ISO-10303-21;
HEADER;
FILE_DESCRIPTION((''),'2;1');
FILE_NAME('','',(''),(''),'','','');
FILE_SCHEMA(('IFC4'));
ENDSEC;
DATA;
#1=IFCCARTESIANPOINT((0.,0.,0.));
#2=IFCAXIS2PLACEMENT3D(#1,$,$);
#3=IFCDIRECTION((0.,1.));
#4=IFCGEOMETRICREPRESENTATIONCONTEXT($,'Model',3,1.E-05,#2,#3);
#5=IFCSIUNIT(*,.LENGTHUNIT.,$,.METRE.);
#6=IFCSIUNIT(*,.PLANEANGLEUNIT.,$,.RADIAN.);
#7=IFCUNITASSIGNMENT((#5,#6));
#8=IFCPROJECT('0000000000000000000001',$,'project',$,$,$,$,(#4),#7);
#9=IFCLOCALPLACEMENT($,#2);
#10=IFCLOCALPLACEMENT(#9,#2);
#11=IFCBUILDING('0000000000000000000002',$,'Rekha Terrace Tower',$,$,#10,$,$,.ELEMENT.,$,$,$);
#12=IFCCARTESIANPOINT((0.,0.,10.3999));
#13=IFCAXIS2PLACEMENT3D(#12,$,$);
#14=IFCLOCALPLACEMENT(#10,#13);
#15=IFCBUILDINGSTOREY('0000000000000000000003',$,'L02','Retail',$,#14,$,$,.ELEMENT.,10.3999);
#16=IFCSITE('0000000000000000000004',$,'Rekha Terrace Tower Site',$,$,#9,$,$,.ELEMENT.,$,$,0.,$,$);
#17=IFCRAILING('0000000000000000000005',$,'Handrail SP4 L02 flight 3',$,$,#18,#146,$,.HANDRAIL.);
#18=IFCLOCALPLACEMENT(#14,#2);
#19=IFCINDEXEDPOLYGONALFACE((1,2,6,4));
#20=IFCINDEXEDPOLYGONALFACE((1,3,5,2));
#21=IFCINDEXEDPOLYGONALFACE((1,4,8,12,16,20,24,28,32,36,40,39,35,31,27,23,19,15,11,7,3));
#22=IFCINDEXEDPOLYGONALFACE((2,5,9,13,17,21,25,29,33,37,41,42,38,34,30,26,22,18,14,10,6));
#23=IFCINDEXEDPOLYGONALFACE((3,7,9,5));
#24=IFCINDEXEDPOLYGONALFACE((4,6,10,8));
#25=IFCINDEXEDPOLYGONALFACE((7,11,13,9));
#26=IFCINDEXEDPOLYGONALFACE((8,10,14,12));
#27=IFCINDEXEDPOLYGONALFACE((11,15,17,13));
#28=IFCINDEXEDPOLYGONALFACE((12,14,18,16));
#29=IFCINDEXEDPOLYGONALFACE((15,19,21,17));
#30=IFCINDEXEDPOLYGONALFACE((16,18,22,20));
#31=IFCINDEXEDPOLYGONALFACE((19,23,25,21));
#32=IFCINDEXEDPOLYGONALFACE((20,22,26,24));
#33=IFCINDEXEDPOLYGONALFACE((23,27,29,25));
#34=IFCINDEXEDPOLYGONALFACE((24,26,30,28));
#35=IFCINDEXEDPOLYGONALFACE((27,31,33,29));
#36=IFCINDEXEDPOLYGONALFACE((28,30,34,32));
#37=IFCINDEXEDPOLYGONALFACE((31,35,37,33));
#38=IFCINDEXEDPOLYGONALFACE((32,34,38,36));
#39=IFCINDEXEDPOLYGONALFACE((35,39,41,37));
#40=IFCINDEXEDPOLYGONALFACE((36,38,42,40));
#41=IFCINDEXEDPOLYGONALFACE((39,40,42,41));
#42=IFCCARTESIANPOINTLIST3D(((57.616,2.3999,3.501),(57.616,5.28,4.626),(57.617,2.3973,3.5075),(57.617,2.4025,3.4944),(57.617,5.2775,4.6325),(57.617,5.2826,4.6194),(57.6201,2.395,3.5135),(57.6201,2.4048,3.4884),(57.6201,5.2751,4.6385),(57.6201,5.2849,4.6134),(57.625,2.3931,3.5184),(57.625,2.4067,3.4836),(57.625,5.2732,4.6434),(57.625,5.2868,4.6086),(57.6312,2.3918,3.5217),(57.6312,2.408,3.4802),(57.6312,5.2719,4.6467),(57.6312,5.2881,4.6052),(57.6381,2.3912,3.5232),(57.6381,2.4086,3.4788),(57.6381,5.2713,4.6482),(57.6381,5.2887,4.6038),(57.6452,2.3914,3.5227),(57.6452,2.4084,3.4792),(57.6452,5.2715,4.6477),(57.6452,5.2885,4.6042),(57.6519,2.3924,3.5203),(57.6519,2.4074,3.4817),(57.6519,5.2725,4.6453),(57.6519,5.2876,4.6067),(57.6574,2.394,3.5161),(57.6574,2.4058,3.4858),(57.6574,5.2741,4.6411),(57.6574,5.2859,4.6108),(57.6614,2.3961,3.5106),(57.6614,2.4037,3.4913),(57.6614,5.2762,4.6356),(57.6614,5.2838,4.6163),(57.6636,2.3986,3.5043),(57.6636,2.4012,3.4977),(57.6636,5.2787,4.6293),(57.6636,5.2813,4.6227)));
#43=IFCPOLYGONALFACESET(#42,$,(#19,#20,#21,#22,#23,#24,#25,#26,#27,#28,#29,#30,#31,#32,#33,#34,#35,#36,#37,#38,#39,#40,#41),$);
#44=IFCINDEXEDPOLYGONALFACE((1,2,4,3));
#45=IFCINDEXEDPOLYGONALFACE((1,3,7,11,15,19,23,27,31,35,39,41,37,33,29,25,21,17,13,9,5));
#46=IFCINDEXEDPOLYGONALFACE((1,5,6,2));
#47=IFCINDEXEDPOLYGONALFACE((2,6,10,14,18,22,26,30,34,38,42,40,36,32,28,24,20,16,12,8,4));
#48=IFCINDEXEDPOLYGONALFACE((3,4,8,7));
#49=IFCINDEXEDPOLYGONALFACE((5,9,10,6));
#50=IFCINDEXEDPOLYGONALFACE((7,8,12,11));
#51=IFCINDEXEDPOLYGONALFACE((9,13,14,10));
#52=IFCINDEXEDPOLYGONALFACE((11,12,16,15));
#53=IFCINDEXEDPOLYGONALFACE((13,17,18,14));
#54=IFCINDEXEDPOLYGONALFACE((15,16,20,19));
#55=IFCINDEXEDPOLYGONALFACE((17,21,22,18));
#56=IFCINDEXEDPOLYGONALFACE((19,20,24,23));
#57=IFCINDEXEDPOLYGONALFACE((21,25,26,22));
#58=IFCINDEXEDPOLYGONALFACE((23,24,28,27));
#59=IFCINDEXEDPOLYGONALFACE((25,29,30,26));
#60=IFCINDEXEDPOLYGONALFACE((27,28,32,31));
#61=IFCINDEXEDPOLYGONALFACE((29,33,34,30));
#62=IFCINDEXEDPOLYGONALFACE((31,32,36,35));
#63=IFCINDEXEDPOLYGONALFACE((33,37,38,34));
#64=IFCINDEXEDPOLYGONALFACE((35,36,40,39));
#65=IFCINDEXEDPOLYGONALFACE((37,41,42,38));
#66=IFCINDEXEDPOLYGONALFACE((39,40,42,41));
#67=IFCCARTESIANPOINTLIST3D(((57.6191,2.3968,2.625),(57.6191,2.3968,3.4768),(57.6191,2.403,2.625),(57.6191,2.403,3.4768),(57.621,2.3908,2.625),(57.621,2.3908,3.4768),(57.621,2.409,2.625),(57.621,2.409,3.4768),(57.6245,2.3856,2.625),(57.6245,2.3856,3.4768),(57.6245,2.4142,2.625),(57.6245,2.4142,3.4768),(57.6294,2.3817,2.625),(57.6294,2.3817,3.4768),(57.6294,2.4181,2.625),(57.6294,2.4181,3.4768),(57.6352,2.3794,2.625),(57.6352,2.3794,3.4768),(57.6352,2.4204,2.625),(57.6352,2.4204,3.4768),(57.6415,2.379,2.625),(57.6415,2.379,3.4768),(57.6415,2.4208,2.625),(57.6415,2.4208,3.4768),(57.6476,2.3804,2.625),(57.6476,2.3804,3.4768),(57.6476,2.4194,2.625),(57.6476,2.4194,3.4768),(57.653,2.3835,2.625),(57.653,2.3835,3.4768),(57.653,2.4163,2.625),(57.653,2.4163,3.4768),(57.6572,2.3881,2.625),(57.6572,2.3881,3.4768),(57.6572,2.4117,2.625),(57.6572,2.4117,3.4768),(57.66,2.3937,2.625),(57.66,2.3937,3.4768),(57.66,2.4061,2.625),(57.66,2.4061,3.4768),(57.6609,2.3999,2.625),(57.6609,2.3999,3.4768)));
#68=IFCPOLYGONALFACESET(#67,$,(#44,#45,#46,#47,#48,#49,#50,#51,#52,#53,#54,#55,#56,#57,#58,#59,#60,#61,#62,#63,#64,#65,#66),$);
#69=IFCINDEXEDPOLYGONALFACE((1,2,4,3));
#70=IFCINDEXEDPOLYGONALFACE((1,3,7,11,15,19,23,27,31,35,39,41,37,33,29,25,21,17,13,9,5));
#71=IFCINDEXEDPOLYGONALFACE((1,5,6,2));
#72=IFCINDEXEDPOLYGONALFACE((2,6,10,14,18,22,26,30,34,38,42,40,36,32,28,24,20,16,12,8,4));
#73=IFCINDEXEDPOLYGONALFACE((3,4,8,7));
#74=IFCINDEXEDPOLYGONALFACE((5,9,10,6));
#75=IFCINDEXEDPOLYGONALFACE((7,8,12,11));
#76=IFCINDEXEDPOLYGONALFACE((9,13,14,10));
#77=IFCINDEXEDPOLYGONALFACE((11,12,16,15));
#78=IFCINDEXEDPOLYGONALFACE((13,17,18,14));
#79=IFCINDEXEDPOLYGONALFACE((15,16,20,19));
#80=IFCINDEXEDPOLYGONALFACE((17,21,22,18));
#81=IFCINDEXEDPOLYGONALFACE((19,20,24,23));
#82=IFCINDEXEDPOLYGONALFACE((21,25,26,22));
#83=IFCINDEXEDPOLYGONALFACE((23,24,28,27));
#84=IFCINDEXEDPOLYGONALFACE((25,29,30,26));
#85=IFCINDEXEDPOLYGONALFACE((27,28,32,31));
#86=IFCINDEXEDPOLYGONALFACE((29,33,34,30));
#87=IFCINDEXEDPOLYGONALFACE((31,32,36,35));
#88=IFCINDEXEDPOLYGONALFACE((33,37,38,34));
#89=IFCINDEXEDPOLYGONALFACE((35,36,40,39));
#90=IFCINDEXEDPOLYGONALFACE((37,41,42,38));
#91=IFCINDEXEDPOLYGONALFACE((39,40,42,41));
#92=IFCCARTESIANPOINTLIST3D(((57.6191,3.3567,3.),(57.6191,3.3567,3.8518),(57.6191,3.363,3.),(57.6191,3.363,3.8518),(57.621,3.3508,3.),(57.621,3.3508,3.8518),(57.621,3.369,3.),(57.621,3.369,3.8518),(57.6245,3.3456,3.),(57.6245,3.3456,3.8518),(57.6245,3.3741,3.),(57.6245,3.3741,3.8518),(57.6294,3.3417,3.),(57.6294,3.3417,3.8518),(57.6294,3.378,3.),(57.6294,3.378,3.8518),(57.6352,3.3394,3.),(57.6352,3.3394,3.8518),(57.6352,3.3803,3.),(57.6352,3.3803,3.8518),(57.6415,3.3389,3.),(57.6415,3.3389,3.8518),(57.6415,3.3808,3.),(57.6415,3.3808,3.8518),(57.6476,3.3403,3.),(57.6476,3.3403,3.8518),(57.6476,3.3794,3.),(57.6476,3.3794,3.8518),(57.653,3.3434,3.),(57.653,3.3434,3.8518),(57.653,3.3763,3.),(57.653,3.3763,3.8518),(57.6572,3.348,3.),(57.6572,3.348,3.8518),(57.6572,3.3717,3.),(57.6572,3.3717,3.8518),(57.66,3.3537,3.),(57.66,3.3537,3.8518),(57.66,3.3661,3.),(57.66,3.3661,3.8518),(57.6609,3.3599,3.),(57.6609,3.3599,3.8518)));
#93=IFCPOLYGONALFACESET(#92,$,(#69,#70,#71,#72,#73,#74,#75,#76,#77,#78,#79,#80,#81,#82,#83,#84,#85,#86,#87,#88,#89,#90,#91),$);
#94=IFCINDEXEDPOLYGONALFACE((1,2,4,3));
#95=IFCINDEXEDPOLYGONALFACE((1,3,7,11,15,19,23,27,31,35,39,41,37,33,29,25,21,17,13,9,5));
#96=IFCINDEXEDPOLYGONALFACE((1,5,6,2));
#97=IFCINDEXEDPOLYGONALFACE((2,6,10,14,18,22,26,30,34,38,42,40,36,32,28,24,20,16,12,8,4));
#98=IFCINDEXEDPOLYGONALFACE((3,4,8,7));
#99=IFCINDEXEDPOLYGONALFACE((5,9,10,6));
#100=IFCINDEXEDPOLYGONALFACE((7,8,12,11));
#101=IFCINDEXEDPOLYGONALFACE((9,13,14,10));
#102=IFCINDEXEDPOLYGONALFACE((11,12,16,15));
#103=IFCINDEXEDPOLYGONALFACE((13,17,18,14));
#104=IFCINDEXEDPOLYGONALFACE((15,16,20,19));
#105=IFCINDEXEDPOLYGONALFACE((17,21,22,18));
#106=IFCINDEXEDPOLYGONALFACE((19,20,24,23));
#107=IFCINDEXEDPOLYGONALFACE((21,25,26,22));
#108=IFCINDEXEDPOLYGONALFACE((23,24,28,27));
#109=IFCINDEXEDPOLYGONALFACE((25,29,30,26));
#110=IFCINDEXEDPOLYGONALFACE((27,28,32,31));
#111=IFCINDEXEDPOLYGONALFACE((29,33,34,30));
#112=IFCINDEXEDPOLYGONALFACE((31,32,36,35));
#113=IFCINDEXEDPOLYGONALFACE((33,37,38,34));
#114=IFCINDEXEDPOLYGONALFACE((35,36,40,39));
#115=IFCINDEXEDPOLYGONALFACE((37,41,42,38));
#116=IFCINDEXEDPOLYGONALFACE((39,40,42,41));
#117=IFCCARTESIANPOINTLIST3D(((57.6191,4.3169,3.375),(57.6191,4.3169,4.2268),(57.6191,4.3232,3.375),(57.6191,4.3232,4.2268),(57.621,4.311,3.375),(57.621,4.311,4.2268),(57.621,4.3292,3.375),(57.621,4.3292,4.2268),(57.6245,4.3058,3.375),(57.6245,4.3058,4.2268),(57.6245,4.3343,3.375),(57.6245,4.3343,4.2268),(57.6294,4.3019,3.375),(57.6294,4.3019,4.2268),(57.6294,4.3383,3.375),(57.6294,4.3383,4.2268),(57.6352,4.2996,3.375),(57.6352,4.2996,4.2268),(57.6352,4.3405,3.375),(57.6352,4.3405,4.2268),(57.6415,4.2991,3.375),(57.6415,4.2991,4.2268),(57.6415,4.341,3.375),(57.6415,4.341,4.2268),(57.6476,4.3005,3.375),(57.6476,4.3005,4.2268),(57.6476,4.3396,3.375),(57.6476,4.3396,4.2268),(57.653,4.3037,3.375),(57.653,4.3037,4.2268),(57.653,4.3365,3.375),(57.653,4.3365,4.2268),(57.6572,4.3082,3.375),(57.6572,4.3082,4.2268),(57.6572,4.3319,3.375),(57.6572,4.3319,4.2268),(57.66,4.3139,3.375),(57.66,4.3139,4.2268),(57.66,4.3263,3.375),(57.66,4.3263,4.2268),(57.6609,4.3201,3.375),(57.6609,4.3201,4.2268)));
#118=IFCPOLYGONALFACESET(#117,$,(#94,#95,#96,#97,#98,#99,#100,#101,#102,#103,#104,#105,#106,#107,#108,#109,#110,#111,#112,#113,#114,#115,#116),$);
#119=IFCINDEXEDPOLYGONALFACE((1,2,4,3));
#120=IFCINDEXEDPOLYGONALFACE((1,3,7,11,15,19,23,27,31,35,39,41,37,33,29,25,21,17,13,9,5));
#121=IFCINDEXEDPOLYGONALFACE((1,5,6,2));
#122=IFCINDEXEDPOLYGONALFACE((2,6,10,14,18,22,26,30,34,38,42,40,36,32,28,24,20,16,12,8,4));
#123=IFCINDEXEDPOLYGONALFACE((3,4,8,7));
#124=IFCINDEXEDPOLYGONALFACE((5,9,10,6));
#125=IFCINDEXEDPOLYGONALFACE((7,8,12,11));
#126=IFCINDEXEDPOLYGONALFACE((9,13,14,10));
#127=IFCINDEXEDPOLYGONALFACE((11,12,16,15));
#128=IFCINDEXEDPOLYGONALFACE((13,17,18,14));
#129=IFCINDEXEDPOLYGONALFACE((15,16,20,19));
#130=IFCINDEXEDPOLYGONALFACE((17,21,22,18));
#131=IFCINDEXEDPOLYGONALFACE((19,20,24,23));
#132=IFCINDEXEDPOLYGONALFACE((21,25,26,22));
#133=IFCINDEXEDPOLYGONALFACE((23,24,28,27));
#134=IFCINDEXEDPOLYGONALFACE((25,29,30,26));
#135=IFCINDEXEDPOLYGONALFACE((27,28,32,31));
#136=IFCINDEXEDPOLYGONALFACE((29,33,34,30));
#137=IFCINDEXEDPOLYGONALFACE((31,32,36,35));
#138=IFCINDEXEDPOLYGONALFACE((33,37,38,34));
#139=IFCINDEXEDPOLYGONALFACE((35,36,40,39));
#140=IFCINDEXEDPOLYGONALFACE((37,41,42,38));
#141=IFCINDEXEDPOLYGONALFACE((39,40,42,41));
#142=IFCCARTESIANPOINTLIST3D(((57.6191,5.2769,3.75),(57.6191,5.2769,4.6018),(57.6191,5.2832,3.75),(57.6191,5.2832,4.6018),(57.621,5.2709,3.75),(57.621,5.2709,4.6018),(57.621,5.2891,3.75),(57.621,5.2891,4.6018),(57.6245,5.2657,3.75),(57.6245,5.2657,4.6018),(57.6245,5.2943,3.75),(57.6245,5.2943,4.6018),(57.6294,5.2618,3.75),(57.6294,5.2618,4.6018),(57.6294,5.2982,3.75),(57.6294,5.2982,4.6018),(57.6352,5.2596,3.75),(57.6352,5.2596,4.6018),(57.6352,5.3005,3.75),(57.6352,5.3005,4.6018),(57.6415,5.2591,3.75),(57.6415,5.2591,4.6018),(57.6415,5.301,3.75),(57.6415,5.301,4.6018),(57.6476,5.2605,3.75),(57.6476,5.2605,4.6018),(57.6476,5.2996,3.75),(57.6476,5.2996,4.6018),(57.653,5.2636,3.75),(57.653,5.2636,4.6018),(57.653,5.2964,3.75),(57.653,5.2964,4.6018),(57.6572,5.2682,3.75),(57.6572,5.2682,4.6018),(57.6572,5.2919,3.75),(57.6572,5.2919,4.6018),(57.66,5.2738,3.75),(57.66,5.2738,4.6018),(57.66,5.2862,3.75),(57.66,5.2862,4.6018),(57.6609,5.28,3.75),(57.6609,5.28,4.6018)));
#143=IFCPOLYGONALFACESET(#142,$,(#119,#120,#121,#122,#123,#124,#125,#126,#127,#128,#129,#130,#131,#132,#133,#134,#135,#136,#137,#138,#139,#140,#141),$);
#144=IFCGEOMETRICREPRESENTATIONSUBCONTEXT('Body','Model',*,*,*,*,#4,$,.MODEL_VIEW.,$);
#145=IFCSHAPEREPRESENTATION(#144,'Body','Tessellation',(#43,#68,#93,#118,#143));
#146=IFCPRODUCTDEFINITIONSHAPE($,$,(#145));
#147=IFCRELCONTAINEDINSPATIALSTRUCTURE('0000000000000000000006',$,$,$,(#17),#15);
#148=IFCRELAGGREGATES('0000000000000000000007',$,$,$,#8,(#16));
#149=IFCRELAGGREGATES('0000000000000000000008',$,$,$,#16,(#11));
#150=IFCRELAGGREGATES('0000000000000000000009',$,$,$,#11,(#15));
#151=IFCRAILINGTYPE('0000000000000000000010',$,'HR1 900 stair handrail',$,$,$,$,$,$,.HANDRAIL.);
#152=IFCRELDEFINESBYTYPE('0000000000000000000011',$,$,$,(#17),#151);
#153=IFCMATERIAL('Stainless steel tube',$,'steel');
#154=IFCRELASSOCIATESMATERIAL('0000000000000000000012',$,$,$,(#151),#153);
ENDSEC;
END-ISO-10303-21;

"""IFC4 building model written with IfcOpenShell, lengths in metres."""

from ifc_helpers import new_model, si_unit, direction, frame, origin, origin_2d, place, context, subcontext, project, spatial, circle, extrude, material, type_object, element, save


model = new_model("IFC4")

# Units and contexts
model_context = context("Model", 3, precision=1e-05, world=origin(), true_north=direction((0.0, 1.0)))
body_context = subcontext(model_context, "Body", "Model", "MODEL_VIEW")
ifc_project = project(units=[si_unit("LENGTHUNIT", "METRE"), si_unit("PLANEANGLEUNIT", "RADIAN")], contexts=[model_context])

# Site, building, storey
site_placement = place(None, origin())
site = spatial("IfcSite", under=ifc_project, at=site_placement, Name="Rekha Terrace Tower Site", CompositionType="ELEMENT", RefElevation=0.0)
building_placement = place(site_placement, origin())
building = spatial("IfcBuilding", under=site, at=building_placement, Name="Rekha Terrace Tower", CompositionType="ELEMENT")
storey_placement = place(building_placement, frame((0.0, 0.0, 10.3999)))
storey = spatial("IfcBuildingStorey", under=building, at=storey_placement, Name="L02", Description="Retail", CompositionType="ELEMENT", Elevation=10.3999)

# Railing
ifc_material_1 = material(Name="Stainless steel tube", Category="steel")
railing_type_1 = type_object("IfcRailingType", Name="HR1 900 stair handrail", PredefinedType="HANDRAIL", material=ifc_material_1)
railing_1_placement = place(storey_placement, frame((57.6399, 2.3999, 2.625)))
element("IfcRailing", 1, at=railing_1_placement, inside=storey, type_object=railing_type_1, Name="Handrail SP4 L02 flight 3", PredefinedType="HANDRAIL", context=body_context, shape_type="SweptSolid", body=[
    extrude(circle(Radius=0.0239, at=origin_2d()), frame((0.0, 0.0, 0.876), z_axis=(0.0, 0.931463, 0.363837), x_axis=(-1.0, 0.0, 0.0)), (0.0, 0.0, 1.0), 3.092),
    extrude(circle(Radius=0.021, at=origin_2d()), origin(), (0.0, 0.0, 1.0), 0.8518),
    extrude(circle(Radius=0.021, at=origin_2d()), frame((0.0, 0.96, 0.375)), (0.0, 0.0, 1.0), 0.8518),
    extrude(circle(Radius=0.021, at=origin_2d()), frame((0.0, 1.9202, 0.75)), (0.0, 0.0, 1.0), 0.8518),
    extrude(circle(Radius=0.021, at=origin_2d()), frame((0.0, 2.8801, 1.125)), (0.0, 0.0, 1.0), 0.8518),
])

save(model, "model.ifc")
